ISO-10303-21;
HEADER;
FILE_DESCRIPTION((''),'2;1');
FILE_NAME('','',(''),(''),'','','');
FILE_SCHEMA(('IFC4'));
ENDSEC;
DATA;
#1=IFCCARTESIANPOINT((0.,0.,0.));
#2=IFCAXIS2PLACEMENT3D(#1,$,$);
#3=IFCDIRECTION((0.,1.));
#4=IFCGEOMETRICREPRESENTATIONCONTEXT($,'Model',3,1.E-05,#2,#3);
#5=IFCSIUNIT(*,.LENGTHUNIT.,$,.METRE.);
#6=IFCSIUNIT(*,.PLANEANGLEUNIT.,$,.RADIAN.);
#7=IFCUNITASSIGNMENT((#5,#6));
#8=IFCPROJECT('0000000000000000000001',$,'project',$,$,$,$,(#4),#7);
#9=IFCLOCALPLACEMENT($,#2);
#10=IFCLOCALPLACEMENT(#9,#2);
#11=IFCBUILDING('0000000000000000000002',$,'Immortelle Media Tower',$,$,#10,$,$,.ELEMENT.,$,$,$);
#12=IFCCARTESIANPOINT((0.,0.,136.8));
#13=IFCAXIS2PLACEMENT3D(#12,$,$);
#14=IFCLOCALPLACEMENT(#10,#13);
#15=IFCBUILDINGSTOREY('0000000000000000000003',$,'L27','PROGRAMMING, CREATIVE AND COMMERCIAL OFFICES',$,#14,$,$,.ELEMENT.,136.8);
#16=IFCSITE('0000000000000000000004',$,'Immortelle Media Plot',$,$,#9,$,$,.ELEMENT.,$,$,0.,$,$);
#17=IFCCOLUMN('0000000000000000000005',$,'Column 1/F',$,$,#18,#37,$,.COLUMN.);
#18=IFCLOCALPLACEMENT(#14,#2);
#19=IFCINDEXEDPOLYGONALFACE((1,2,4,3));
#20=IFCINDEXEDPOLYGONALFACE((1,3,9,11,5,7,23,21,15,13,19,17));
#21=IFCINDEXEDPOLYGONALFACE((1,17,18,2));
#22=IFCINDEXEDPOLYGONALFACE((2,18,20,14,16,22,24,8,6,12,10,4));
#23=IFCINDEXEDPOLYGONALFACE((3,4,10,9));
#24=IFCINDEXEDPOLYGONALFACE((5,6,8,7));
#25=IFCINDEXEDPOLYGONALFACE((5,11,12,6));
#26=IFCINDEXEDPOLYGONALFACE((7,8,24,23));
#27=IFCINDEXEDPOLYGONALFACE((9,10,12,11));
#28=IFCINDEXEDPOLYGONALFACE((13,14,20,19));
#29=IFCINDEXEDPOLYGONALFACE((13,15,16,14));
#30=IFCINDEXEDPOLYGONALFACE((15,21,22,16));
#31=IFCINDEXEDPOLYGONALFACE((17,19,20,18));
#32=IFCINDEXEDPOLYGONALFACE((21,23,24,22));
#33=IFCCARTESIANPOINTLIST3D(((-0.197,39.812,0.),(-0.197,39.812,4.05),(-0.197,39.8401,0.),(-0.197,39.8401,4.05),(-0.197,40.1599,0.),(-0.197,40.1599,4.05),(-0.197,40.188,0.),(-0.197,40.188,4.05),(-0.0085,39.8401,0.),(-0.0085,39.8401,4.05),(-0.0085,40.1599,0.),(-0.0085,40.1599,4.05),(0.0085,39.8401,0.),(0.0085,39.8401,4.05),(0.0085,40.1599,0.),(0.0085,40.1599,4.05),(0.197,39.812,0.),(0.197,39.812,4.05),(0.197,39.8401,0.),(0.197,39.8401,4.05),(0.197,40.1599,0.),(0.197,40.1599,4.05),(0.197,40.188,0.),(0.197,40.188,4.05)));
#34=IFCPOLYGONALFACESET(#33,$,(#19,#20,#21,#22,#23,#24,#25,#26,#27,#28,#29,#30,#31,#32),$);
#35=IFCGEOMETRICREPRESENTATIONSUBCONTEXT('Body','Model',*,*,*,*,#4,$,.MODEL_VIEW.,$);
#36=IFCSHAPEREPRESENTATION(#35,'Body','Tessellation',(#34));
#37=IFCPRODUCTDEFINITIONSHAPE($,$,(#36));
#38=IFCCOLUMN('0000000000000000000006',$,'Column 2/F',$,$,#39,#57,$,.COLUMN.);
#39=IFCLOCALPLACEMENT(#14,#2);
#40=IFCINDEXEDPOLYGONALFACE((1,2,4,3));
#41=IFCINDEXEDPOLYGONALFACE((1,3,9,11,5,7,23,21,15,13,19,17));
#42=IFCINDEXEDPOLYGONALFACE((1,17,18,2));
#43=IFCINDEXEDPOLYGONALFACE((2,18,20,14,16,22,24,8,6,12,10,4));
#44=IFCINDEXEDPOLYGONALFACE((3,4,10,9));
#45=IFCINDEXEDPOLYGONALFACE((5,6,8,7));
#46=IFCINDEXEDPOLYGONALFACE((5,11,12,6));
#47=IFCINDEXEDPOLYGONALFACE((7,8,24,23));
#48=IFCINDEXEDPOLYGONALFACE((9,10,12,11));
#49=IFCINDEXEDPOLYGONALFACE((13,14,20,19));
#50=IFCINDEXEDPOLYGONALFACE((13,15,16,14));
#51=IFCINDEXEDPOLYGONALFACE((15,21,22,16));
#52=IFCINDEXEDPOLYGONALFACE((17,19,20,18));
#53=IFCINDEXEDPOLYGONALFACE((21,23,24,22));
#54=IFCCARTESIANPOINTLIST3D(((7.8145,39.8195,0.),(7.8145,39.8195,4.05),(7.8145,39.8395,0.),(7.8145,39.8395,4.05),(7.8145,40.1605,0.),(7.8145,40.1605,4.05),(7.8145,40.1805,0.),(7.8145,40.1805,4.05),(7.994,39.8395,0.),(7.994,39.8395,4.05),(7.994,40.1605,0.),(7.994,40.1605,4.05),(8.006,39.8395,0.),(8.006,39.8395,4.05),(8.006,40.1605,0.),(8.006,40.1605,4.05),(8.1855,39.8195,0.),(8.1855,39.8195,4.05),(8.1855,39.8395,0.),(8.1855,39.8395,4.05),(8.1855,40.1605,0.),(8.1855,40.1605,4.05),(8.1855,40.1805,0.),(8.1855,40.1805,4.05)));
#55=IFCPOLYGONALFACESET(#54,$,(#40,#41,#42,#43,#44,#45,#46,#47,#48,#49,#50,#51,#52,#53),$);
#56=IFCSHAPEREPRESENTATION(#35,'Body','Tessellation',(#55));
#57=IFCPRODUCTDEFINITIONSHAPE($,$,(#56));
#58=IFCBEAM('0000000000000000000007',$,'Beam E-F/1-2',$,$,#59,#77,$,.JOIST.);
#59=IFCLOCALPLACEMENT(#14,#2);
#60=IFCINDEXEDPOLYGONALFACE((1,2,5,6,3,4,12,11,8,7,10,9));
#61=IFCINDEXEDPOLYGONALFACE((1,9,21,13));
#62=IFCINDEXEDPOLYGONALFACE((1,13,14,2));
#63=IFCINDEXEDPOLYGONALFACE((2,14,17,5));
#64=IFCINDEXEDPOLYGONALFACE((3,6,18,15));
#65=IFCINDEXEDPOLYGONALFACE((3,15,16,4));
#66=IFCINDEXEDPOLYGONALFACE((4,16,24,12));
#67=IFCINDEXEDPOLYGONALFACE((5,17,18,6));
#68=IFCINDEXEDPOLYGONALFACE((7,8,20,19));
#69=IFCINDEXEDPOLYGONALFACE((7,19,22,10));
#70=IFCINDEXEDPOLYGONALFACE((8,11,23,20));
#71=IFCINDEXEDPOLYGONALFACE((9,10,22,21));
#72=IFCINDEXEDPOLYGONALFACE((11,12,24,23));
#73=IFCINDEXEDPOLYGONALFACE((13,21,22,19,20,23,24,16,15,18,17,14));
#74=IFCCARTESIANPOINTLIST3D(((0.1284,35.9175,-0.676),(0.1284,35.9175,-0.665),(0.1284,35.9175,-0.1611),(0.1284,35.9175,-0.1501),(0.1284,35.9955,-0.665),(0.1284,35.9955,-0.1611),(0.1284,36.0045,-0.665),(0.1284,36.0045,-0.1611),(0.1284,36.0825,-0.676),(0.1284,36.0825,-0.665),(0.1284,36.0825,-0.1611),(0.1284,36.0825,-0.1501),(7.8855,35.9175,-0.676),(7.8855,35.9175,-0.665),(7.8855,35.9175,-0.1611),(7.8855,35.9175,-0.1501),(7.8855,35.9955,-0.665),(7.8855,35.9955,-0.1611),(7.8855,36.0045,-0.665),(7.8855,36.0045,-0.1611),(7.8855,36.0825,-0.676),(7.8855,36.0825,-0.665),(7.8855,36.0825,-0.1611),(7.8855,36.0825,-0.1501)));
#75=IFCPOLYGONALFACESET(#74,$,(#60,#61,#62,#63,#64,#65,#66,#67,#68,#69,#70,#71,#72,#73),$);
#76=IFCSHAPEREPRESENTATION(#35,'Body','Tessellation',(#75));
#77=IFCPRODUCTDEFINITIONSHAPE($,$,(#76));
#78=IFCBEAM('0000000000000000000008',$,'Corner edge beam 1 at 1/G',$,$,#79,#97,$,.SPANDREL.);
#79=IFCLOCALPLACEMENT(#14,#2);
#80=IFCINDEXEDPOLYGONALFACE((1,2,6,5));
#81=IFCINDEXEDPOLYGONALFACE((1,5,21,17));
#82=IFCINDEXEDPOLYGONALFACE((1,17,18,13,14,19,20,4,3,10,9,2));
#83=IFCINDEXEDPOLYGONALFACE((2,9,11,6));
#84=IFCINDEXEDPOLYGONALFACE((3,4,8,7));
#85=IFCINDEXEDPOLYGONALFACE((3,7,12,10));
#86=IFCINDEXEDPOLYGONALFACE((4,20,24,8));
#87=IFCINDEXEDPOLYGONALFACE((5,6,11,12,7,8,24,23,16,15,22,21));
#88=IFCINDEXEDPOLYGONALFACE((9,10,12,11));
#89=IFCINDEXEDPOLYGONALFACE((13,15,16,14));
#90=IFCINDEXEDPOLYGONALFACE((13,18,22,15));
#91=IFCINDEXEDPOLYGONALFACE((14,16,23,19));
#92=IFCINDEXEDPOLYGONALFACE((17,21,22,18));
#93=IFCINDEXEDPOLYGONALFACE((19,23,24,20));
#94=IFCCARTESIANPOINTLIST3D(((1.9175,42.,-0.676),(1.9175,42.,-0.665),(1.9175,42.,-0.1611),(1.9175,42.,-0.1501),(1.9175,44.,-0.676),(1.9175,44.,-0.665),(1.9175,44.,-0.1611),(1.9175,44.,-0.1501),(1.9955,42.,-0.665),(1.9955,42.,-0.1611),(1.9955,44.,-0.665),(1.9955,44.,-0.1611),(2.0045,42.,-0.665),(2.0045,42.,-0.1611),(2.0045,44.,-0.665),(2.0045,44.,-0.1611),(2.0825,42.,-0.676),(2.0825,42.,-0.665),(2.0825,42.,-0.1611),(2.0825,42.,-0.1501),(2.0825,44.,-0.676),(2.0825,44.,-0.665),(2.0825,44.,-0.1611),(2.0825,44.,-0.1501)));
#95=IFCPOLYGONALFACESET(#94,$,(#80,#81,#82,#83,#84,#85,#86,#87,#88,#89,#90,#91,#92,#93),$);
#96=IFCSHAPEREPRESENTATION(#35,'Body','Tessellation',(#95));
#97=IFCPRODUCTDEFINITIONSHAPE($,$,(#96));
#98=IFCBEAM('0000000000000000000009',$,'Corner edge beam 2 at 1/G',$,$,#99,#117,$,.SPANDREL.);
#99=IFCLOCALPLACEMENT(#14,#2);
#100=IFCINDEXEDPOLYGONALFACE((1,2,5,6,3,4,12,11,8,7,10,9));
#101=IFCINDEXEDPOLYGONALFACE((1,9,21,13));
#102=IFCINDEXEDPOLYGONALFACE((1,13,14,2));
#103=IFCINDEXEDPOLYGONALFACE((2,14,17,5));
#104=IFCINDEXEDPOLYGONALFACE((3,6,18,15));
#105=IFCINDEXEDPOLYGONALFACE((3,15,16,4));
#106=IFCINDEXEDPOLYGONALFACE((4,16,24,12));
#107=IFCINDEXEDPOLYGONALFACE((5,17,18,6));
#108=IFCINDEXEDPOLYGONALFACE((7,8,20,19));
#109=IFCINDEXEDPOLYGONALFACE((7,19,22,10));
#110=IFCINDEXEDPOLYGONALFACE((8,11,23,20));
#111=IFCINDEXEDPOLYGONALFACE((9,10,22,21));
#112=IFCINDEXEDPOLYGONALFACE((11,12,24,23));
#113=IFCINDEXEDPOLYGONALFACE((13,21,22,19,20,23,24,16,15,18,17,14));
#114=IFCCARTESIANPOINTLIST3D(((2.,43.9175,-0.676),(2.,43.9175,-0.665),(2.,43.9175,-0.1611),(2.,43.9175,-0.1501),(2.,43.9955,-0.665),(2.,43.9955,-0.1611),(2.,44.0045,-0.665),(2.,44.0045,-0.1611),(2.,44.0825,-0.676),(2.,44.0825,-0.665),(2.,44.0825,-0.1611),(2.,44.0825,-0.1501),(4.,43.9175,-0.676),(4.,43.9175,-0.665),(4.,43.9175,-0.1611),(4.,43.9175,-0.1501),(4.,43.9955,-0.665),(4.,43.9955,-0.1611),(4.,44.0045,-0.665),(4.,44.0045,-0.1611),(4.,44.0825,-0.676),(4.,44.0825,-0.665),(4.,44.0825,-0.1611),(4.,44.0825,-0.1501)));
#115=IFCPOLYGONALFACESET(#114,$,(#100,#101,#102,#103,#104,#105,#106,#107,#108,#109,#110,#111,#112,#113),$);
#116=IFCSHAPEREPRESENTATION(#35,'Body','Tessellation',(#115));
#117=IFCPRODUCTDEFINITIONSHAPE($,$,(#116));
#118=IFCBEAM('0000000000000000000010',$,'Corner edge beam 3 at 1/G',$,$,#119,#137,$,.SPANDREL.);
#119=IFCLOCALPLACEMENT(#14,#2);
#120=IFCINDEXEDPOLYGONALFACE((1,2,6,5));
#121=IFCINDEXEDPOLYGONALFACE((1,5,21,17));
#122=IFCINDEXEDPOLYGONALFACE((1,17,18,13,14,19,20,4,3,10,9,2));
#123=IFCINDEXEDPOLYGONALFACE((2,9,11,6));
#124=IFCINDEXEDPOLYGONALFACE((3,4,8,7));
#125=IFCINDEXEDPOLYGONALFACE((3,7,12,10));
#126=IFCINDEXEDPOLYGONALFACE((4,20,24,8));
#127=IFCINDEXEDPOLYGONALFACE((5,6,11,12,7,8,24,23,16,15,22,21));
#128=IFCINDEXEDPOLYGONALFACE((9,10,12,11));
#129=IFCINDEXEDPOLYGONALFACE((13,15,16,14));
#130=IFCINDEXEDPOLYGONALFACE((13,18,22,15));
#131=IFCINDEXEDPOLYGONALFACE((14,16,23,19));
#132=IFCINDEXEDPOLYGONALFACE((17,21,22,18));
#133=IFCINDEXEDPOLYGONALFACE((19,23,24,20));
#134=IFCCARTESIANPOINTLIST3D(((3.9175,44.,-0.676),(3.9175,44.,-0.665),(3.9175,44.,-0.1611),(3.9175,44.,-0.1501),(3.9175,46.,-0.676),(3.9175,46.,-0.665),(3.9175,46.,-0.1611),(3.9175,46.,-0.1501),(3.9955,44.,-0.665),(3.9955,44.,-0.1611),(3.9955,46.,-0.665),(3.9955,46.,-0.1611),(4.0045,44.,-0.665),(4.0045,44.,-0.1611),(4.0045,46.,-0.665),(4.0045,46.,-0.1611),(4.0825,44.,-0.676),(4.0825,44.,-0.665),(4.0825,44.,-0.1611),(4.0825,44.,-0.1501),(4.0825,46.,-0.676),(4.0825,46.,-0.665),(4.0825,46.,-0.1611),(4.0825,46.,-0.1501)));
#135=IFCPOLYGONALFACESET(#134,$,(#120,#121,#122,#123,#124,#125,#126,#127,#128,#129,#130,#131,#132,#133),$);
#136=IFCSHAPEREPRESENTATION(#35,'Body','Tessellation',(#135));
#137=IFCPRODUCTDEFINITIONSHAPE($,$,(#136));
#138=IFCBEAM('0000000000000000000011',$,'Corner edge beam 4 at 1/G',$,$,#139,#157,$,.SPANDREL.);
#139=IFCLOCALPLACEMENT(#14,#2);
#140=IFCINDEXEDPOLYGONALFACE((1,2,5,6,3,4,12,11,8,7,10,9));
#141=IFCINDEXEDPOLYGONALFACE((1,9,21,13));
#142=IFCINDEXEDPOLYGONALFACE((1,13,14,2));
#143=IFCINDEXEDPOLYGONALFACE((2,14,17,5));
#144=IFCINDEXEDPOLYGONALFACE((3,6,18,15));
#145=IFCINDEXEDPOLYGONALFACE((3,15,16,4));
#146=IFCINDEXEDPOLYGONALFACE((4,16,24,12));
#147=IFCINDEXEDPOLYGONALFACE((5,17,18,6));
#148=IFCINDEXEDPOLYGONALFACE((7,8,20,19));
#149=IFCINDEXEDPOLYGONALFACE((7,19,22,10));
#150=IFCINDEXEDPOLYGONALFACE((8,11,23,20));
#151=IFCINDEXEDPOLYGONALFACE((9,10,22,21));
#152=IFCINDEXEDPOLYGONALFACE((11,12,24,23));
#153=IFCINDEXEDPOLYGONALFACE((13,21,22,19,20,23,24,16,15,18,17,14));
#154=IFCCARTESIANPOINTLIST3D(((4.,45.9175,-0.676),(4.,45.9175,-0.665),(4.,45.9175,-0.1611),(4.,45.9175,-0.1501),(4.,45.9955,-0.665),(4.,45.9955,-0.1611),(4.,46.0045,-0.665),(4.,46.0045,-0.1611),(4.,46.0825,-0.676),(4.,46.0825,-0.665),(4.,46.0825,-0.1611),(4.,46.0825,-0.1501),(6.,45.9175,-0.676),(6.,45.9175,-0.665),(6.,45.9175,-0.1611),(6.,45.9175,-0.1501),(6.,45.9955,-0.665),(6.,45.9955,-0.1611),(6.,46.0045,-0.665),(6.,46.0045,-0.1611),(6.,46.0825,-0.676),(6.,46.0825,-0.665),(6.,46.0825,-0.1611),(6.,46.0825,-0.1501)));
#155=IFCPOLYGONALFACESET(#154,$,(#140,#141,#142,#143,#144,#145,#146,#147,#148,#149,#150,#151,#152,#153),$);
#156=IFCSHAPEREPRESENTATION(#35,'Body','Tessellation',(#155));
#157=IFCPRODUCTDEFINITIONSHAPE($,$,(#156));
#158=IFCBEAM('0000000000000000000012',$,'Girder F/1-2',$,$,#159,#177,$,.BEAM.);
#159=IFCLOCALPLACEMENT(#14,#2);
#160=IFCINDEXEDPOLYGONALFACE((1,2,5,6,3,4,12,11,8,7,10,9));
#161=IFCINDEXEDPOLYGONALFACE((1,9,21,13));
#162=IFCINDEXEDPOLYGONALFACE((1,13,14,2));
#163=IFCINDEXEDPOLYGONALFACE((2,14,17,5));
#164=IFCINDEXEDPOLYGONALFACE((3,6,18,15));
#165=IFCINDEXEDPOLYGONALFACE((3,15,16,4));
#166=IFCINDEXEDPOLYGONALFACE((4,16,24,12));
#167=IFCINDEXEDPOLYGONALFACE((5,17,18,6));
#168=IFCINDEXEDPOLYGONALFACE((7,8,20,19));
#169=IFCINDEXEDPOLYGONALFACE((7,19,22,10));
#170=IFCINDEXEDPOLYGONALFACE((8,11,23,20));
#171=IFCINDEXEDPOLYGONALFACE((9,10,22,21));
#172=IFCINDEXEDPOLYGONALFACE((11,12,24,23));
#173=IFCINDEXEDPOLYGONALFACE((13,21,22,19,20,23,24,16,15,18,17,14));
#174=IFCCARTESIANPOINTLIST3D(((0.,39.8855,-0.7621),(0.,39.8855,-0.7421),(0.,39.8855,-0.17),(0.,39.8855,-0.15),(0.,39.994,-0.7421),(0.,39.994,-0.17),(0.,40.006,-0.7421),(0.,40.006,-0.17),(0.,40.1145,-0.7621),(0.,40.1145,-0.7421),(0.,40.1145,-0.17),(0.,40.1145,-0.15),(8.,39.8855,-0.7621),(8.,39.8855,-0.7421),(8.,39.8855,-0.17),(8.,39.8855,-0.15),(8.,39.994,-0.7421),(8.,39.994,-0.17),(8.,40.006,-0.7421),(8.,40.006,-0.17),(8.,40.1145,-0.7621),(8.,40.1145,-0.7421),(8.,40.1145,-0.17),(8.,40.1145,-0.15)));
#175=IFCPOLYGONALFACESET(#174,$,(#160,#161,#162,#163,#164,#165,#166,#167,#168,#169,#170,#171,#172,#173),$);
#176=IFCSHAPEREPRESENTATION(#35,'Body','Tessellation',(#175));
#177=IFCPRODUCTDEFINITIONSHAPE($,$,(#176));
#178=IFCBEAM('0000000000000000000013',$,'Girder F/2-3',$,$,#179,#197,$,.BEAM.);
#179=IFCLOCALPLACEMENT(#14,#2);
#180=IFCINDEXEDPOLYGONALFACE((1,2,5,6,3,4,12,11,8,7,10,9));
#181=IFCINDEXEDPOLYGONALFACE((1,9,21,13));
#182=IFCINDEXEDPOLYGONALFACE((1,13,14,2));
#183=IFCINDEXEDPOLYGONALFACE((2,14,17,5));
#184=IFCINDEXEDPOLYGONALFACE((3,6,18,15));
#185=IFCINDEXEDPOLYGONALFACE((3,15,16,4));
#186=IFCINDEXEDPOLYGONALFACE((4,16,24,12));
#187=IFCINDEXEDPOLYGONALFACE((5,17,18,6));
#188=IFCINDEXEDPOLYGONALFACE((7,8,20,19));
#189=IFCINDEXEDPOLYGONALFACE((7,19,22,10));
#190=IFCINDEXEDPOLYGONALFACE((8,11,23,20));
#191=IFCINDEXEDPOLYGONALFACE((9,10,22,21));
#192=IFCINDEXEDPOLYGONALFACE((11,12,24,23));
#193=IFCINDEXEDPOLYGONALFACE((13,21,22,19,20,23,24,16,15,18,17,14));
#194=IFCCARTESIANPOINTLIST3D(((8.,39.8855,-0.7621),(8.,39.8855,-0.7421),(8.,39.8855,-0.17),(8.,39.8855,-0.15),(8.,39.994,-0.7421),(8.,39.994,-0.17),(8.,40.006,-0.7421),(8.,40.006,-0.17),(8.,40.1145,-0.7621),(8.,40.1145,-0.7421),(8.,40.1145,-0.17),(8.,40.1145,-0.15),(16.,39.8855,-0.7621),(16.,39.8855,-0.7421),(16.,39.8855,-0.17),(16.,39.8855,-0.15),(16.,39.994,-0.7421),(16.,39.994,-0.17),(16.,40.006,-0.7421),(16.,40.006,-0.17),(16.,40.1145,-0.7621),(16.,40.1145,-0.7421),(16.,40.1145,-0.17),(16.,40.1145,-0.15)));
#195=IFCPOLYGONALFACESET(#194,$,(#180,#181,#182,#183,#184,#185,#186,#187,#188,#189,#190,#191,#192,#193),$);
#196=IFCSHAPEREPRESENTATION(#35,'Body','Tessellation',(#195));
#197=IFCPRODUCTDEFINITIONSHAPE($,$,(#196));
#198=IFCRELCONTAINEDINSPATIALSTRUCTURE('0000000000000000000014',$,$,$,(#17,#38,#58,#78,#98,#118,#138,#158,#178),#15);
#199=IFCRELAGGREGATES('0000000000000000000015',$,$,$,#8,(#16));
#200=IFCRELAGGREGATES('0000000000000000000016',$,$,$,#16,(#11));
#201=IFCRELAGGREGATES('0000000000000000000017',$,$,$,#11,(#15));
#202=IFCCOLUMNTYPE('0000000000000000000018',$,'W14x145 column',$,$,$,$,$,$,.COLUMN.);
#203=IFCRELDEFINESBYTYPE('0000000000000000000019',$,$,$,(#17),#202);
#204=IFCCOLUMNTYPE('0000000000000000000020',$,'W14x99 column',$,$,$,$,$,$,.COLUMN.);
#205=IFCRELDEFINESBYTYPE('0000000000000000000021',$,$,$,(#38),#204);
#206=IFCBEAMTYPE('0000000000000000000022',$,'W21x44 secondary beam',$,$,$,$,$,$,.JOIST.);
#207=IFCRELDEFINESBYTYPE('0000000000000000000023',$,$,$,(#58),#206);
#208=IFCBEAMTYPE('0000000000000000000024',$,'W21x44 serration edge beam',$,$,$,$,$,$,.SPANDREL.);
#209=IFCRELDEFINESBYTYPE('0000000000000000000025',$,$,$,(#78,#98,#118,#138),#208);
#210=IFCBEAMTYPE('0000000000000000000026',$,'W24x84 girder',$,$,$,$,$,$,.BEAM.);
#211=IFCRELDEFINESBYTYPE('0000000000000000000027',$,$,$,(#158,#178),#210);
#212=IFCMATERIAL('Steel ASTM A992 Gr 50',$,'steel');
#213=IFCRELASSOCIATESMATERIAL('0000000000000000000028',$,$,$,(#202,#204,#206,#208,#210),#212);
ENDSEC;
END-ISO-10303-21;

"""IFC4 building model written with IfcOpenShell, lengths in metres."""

from ifc_helpers import new_model, si_unit, direction, frame, origin, origin_2d, place, context, subcontext, project, spatial, i_section, extrude, material, material_profile, profile_set, type_object, element, save


model = new_model("IFC4")

# Units and contexts
model_context = context("Model", 3, precision=1e-05, world=origin(), true_north=direction((0.0, 1.0)))
body_context = subcontext(model_context, "Body", "Model", "MODEL_VIEW")
ifc_project = project(units=[si_unit("LENGTHUNIT", "METRE"), si_unit("PLANEANGLEUNIT", "RADIAN")], contexts=[model_context])

# Site, building, storey
site_placement = place(None, origin())
site = spatial("IfcSite", under=ifc_project, at=site_placement, Name="Immortelle Media Plot", CompositionType="ELEMENT", RefElevation=0.0)
building_placement = place(site_placement, origin())
building = spatial("IfcBuilding", under=site, at=building_placement, Name="Immortelle Media Tower", CompositionType="ELEMENT")
storey_placement = place(building_placement, frame((0.0, 0.0, 136.8)))
storey = spatial("IfcBuildingStorey", under=building, at=storey_placement, Name="L27", Description="PROGRAMMING, CREATIVE AND COMMERCIAL OFFICES", CompositionType="ELEMENT", Elevation=136.8)

# Columns
ifc_material_1 = material(Name="Steel ASTM A992 Gr 50", Category="steel")
ifc_material_profile_1 = material_profile(ifc_material_1, i_section(OverallWidth=0.394, OverallDepth=0.376, WebThickness=0.0171, FlangeThickness=0.0281, at=origin_2d()), Name="W14x145")
ifc_profile_set_1 = profile_set([ifc_material_profile_1], Name="Steel ASTM A992 Gr 50")
column_type_1 = type_object("IfcColumnType", Name="W14x145 column", PredefinedType="COLUMN", material=ifc_profile_set_1)
column_1_placement = place(storey_placement, frame((0.0, 40.0, 0.0), z_axis=(0.0, 0.0, 1.0), x_axis=(1.0, 0.0, 0.0)))
element("IfcColumn", 1, at=column_1_placement, inside=storey, type_object=column_type_1, Name="Column 1/F", PredefinedType="COLUMN", context=body_context, shape_type="SweptSolid", body=[
    extrude(i_section(OverallWidth=0.394, OverallDepth=0.376, WebThickness=0.0171, FlangeThickness=0.0281, at=origin_2d()), origin(), (0.0, 0.0, 1.0), 4.05),
])
ifc_material_profile_2 = material_profile(ifc_material_1, i_section(OverallWidth=0.3711, OverallDepth=0.3611, WebThickness=0.012, FlangeThickness=0.02, at=origin_2d()), Name="W14x99")
ifc_profile_set_2 = profile_set([ifc_material_profile_2], Name="Steel ASTM A992 Gr 50")
column_type_2 = type_object("IfcColumnType", Name="W14x99 column", PredefinedType="COLUMN", material=ifc_profile_set_2)
column_2_placement = place(storey_placement, frame((8.0, 40.0, 0.0), z_axis=(0.0, 0.0, 1.0), x_axis=(1.0, 0.0, 0.0)))
element("IfcColumn", 2, at=column_2_placement, inside=storey, type_object=column_type_2, Name="Column 2/F", PredefinedType="COLUMN", context=body_context, shape_type="SweptSolid", body=[
    extrude(i_section(OverallWidth=0.3711, OverallDepth=0.3611, WebThickness=0.012, FlangeThickness=0.02, at=origin_2d()), origin(), (0.0, 0.0, 1.0), 4.05),
])

# Beams
ifc_material_profile_3 = material_profile(ifc_material_1, i_section(OverallWidth=0.165, OverallDepth=0.5259, WebThickness=0.009, FlangeThickness=0.011, at=origin_2d()), Name="W21x44")
ifc_profile_set_3 = profile_set([ifc_material_profile_3], Name="Steel ASTM A992 Gr 50")
beam_type_1 = type_object("IfcBeamType", Name="W21x44 secondary beam", PredefinedType="JOIST", material=ifc_profile_set_3)
beam_1_placement = place(storey_placement, frame((0.1284, 36.0, -0.4131), z_axis=(1.0, 0.0, 0.0), x_axis=(0.0, 1.0, 0.0)))
element("IfcBeam", 3, at=beam_1_placement, inside=storey, type_object=beam_type_1, Name="Beam E-F/1-2", PredefinedType="JOIST", context=body_context, shape_type="SweptSolid", body=[
    extrude(i_section(OverallWidth=0.165, OverallDepth=0.5259, WebThickness=0.009, FlangeThickness=0.011, at=origin_2d()), origin(), (0.0, 0.0, 1.0), 7.7571),
])
ifc_material_profile_4 = material_profile(ifc_material_1, i_section(OverallWidth=0.165, OverallDepth=0.5259, WebThickness=0.009, FlangeThickness=0.011, at=origin_2d()), Name="W21x44")
ifc_profile_set_4 = profile_set([ifc_material_profile_4], Name="Steel ASTM A992 Gr 50")
beam_type_2 = type_object("IfcBeamType", Name="W21x44 serration edge beam", PredefinedType="SPANDREL", material=ifc_profile_set_4)
for number, where, z_axis, x_axis, name in (
    (4, (2.0, 42.0, -0.4131), (0.0, 1.0, 0.0), (-1.0, 0.0, 0.0), "Corner edge beam 1 at 1/G"),
    (5, (2.0, 44.0, -0.4131), (1.0, 0.0, 0.0), (0.0, 1.0, 0.0), "Corner edge beam 2 at 1/G"),
    (6, (4.0, 44.0, -0.4131), (0.0, 1.0, 0.0), (-1.0, 0.0, 0.0), "Corner edge beam 3 at 1/G"),
    (7, (4.0, 46.0, -0.4131), (1.0, 0.0, 0.0), (0.0, 1.0, 0.0), "Corner edge beam 4 at 1/G"),
):
    element("IfcBeam", number, at=place(storey_placement, frame(where, z_axis=z_axis, x_axis=x_axis)), inside=storey, type_object=beam_type_2, Name=name, PredefinedType="SPANDREL", context=body_context, shape_type="SweptSolid", body=[
        extrude(i_section(OverallWidth=0.165, OverallDepth=0.5259, WebThickness=0.009, FlangeThickness=0.011, at=origin_2d()), origin(), (0.0, 0.0, 1.0), 2.0),
    ])
ifc_material_profile_5 = material_profile(ifc_material_1, i_section(OverallWidth=0.229, OverallDepth=0.6121, WebThickness=0.012, FlangeThickness=0.02, at=origin_2d()), Name="W24x84")
ifc_profile_set_5 = profile_set([ifc_material_profile_5], Name="Steel ASTM A992 Gr 50")
beam_type_3 = type_object("IfcBeamType", Name="W24x84 girder", PredefinedType="BEAM", material=ifc_profile_set_5)
for number, where, z_axis, x_axis, name in (
    (8, (0.0, 40.0, -0.4561), (1.0, 0.0, 0.0), (0.0, 1.0, 0.0), "Girder F/1-2"),
    (9, (8.0, 40.0, -0.4561), (1.0, 0.0, 0.0), (0.0, 1.0, 0.0), "Girder F/2-3"),
):
    element("IfcBeam", number, at=place(storey_placement, frame(where, z_axis=z_axis, x_axis=x_axis)), inside=storey, type_object=beam_type_3, Name=name, PredefinedType="BEAM", context=body_context, shape_type="SweptSolid", body=[
        extrude(i_section(OverallWidth=0.229, OverallDepth=0.6121, WebThickness=0.012, FlangeThickness=0.02, at=origin_2d()), origin(), (0.0, 0.0, 1.0), 8.0),
    ])

save(model, "model.ifc")
